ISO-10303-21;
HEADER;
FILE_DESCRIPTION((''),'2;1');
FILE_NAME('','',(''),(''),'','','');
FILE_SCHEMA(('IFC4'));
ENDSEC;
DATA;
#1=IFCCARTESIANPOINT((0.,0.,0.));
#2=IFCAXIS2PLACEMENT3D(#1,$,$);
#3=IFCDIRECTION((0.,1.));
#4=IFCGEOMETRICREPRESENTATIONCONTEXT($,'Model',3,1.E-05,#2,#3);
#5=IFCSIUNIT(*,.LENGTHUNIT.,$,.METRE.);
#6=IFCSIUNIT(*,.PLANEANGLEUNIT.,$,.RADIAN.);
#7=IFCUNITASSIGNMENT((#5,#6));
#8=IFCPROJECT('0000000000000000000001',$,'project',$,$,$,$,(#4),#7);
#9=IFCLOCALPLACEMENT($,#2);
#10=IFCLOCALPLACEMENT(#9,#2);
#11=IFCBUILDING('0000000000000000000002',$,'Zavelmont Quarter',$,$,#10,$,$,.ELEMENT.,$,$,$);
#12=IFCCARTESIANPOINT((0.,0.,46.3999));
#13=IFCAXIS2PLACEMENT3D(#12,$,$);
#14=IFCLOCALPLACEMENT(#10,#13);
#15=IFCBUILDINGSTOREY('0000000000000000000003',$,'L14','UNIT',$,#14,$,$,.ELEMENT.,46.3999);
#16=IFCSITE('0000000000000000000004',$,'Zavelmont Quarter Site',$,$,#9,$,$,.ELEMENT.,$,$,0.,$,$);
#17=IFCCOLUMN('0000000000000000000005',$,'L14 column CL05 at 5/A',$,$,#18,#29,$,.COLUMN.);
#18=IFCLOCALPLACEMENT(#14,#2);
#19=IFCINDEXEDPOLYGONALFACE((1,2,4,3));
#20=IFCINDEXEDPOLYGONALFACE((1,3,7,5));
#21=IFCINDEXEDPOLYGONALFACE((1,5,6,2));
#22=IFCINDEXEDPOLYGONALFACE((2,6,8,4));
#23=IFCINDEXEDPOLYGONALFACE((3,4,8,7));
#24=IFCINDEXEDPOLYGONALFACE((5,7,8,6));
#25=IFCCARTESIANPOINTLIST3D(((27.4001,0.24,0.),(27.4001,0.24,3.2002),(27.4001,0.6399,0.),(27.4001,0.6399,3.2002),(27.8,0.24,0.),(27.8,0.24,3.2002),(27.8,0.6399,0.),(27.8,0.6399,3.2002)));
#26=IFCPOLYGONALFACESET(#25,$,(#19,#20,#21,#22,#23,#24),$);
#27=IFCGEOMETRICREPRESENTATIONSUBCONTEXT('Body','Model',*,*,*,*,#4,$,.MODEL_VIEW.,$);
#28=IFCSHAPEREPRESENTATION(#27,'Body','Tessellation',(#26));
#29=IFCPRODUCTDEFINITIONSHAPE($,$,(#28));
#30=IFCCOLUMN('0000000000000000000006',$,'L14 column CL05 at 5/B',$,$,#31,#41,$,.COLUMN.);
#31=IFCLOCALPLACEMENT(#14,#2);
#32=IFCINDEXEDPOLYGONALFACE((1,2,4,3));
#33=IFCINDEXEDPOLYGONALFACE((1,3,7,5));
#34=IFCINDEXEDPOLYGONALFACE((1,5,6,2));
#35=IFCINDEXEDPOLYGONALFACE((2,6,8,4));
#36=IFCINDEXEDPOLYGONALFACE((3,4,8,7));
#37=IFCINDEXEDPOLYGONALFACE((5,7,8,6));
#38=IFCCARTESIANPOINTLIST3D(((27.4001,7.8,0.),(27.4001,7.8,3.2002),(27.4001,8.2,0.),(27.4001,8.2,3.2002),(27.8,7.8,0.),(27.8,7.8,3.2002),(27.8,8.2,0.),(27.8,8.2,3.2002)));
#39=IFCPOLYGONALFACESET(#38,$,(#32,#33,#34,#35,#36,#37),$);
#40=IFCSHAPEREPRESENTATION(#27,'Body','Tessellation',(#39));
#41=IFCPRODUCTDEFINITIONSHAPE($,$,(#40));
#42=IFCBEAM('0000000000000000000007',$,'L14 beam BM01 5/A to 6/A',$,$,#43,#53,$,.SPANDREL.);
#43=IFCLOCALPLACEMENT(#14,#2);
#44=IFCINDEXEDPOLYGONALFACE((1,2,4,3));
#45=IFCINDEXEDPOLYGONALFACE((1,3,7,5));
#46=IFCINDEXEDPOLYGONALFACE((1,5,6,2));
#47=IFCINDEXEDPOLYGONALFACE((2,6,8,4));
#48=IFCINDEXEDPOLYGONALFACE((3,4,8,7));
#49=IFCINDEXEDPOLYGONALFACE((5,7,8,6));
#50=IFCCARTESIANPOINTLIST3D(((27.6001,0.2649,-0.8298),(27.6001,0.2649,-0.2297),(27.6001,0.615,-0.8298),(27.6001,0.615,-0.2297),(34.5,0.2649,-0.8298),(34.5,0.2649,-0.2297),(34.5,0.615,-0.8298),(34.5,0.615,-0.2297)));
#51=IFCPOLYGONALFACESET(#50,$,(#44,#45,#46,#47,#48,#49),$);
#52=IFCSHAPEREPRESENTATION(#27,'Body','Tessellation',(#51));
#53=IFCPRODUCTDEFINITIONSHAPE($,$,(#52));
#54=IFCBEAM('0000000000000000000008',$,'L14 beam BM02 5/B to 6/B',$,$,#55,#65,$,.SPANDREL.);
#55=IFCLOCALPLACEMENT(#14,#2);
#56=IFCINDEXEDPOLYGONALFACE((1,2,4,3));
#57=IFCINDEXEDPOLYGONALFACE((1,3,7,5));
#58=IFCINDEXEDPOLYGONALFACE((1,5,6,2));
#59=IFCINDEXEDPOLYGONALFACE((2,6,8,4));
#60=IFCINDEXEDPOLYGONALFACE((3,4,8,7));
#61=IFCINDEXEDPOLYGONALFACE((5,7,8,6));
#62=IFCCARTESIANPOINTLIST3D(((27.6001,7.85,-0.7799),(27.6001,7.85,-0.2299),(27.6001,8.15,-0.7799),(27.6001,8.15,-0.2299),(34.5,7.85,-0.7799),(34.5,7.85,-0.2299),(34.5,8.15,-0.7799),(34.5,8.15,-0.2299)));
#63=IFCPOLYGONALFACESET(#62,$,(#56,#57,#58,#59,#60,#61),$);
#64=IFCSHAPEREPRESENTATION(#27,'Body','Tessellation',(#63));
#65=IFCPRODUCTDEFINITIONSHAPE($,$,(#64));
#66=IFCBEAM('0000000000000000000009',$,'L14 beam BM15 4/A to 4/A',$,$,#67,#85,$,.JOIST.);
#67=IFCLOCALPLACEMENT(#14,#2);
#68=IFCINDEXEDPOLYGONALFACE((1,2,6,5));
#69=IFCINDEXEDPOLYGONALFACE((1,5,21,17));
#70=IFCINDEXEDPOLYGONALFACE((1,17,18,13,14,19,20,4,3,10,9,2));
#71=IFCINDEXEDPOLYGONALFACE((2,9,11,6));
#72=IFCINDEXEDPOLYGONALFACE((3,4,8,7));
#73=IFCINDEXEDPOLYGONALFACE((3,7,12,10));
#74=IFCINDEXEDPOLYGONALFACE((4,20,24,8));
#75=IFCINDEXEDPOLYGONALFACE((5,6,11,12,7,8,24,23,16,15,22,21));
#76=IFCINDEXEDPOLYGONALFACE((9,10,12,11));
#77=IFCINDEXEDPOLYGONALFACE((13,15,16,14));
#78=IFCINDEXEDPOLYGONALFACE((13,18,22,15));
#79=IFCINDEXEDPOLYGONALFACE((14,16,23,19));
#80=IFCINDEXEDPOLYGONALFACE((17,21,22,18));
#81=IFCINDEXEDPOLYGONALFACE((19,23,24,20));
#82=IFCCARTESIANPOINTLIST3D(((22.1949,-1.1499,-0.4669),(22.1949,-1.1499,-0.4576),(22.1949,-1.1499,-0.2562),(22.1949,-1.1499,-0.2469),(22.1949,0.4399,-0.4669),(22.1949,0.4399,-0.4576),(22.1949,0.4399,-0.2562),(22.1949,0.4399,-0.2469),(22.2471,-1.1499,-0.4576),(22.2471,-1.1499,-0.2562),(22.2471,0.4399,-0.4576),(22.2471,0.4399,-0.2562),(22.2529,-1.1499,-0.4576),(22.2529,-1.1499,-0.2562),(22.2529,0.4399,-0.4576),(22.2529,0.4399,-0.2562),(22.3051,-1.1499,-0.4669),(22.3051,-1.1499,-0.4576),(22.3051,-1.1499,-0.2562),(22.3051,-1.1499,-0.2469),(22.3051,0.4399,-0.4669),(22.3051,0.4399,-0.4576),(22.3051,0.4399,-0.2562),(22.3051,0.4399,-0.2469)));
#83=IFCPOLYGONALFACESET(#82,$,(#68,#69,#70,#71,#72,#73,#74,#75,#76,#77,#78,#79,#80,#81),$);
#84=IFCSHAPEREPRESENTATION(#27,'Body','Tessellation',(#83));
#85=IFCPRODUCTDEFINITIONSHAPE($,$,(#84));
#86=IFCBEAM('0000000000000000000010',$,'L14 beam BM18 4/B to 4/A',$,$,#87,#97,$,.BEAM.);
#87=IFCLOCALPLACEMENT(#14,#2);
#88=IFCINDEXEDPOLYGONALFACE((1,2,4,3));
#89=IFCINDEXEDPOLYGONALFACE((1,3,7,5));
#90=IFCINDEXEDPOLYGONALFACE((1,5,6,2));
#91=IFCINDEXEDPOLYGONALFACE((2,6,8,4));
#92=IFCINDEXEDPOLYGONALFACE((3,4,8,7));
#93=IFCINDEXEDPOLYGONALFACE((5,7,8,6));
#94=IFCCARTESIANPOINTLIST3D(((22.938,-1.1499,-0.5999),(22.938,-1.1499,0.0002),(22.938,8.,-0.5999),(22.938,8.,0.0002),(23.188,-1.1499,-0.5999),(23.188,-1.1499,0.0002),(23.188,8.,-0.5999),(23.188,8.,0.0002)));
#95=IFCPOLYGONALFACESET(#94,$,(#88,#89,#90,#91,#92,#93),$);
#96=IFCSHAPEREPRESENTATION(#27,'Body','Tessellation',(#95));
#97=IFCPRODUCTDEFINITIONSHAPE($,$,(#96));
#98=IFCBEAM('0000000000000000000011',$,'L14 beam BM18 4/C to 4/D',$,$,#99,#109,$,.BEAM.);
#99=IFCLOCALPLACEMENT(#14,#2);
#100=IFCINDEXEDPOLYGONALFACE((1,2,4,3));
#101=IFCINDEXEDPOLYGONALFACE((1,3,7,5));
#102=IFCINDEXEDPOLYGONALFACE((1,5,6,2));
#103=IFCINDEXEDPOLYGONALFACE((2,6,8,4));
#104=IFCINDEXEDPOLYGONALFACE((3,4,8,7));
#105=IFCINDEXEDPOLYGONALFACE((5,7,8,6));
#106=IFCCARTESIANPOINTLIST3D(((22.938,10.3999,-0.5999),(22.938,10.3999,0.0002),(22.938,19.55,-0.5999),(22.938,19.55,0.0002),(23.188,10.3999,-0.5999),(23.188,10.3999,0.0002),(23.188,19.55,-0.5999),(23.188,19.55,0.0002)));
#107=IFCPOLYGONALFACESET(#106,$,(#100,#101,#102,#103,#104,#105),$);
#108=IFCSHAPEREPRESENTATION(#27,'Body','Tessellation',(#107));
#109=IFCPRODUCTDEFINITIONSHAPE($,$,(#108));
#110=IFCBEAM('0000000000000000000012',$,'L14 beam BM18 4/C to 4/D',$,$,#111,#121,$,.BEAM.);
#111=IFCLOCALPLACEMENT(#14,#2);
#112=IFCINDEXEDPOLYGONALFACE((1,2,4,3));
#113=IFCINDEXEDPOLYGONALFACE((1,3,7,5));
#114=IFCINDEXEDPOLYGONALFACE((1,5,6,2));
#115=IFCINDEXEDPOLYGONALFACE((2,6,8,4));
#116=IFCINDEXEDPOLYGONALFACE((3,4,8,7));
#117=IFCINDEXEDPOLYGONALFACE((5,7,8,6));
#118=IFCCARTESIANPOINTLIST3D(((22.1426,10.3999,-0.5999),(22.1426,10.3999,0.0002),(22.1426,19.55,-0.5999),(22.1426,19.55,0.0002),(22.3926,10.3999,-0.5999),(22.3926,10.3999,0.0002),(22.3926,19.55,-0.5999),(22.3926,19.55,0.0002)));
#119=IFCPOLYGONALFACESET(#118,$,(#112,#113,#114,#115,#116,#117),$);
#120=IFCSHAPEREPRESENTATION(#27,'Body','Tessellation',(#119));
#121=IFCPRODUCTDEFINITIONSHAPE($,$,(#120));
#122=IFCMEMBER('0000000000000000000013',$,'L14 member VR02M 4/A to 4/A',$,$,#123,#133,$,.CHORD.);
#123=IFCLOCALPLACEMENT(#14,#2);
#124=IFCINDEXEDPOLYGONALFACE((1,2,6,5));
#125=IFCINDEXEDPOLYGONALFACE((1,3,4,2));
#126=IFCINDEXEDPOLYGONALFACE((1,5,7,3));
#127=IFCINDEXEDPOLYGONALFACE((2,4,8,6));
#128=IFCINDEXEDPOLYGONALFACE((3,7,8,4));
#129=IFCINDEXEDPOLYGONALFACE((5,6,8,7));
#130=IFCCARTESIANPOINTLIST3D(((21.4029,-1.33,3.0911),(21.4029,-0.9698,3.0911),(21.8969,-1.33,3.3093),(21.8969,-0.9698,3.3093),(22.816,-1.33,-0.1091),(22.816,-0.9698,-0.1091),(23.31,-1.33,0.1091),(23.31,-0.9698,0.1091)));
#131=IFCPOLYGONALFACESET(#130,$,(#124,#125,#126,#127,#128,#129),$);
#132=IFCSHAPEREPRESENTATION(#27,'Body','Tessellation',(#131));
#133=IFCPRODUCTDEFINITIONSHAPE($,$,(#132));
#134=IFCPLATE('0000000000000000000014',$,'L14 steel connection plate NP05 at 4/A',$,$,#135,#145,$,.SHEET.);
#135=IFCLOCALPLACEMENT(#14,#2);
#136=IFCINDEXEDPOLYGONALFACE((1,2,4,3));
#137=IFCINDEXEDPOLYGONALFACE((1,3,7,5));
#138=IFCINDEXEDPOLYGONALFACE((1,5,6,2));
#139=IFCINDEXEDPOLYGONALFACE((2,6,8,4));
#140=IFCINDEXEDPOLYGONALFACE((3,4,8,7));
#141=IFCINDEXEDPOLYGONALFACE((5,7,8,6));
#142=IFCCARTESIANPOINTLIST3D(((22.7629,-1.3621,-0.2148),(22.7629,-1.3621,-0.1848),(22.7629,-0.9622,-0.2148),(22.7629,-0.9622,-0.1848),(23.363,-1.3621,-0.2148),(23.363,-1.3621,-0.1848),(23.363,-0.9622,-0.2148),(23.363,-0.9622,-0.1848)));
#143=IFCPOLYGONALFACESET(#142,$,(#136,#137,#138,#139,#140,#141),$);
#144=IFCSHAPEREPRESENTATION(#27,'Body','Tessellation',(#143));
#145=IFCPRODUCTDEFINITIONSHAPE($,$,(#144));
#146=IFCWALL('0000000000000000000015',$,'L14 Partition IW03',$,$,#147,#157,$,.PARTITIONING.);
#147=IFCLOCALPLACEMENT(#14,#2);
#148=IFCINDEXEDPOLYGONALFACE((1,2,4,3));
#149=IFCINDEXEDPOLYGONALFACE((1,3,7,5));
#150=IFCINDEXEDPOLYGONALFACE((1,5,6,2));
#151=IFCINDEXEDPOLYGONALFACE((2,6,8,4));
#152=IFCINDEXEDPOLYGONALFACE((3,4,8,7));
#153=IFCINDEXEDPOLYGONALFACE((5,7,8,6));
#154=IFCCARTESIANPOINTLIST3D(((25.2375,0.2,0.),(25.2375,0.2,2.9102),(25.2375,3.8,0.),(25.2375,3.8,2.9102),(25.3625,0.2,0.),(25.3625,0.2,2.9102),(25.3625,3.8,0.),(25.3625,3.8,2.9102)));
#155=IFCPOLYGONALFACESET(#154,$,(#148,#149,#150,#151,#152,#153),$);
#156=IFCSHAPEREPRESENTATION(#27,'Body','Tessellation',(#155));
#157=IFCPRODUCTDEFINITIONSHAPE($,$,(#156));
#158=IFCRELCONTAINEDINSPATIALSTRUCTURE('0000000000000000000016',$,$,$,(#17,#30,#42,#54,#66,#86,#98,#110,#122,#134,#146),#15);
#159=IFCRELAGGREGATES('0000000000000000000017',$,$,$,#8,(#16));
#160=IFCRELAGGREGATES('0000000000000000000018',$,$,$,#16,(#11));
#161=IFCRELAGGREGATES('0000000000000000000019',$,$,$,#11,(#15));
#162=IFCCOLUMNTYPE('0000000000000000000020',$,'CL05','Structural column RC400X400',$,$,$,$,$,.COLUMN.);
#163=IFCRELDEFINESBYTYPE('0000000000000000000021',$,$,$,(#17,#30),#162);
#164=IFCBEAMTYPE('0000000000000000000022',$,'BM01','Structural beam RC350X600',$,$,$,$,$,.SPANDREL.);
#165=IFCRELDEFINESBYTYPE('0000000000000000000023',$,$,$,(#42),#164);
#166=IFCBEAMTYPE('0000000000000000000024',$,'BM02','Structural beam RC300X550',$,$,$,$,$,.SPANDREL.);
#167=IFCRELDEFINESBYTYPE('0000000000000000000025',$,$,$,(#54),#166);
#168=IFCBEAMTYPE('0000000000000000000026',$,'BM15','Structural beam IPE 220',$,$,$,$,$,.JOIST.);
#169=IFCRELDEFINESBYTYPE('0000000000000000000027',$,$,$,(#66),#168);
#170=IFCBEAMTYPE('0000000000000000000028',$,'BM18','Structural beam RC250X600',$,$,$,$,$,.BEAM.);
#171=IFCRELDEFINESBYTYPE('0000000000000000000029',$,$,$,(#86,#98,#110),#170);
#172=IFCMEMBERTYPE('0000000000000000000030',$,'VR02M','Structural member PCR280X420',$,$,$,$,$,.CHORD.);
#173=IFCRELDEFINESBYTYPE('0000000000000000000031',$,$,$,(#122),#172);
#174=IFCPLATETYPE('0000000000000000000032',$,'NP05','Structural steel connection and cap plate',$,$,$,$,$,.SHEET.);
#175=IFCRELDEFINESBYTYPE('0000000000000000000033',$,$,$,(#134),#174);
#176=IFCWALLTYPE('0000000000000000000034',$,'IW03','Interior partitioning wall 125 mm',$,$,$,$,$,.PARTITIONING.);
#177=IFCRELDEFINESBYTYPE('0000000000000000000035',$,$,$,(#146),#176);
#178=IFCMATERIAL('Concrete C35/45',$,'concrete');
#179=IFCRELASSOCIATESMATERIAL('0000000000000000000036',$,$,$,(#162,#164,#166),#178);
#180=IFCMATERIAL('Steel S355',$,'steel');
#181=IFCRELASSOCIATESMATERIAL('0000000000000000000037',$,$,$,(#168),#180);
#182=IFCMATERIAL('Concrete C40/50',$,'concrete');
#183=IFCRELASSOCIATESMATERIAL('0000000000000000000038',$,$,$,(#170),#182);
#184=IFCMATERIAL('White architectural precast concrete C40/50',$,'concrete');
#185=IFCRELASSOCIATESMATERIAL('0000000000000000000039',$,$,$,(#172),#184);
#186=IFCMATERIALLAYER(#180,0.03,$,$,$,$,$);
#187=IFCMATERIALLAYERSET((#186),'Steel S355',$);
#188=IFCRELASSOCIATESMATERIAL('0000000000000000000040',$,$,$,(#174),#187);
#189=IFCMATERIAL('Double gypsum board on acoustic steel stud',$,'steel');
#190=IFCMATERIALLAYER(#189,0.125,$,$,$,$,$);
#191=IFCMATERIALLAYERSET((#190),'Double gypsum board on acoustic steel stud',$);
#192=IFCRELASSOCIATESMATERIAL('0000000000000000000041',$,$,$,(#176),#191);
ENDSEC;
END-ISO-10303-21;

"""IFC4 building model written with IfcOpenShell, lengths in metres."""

from ifc_helpers import new_model, si_unit, direction, frame, frame_2d, origin, origin_2d, place, context, subcontext, project, spatial, rectangle, i_section, extrude, material, layer, layer_set, material_profile, profile_set, type_object, element, save


model = new_model("IFC4")

# Units and contexts
model_context = context("Model", 3, precision=1e-05, world=origin(), true_north=direction((0.0, 1.0)))
body_context = subcontext(model_context, "Body", "Model", "MODEL_VIEW")
ifc_project = project(units=[si_unit("LENGTHUNIT", "METRE"), si_unit("PLANEANGLEUNIT", "RADIAN")], contexts=[model_context])

# Site, building, storey
site_placement = place(None, origin())
site = spatial("IfcSite", under=ifc_project, at=site_placement, Name="Zavelmont Quarter Site", CompositionType="ELEMENT", RefElevation=0.0)
building_placement = place(site_placement, origin())
building = spatial("IfcBuilding", under=site, at=building_placement, Name="Zavelmont Quarter", CompositionType="ELEMENT")
storey_placement = place(building_placement, frame((0.0, 0.0, 46.3999)))
storey = spatial("IfcBuildingStorey", under=building, at=storey_placement, Name="L14", Description="UNIT", CompositionType="ELEMENT", Elevation=46.3999)

# Columns
ifc_material_1 = material(Name="Concrete C35/45", Category="concrete")
ifc_material_profile_1 = material_profile(ifc_material_1, rectangle(XDim=0.3999, YDim=0.3999, at=origin_2d()), Name="RC400X400")
ifc_profile_set_1 = profile_set([ifc_material_profile_1], Name="Concrete C35/45")
column_type = type_object("IfcColumnType", Name="CL05", Description="Structural column RC400X400", PredefinedType="COLUMN", material=ifc_profile_set_1)
for number, where, z_axis, x_axis, name in (
    (1, (27.6001, 0.4399, 0.0), (0.0, 0.0, 1.0), (1.0, 0.0, 0.0), "L14 column CL05 at 5/A"),
    (2, (27.6001, 8.0, 0.0), (0.0, 0.0, 1.0), (1.0, 0.0, 0.0), "L14 column CL05 at 5/B"),
):
    element("IfcColumn", number, at=place(storey_placement, frame(where, z_axis=z_axis, x_axis=x_axis)), inside=storey, type_object=column_type, Name=name, PredefinedType="COLUMN", context=body_context, shape_type="SweptSolid", body=[
        extrude(rectangle(XDim=0.3999, YDim=0.3999, at=origin_2d()), origin(), (0.0, 0.0, 1.0), 3.2002),
    ])

# Beams
ifc_material_profile_2 = material_profile(ifc_material_1, rectangle(XDim=0.3501, YDim=0.6001, at=origin_2d()), Name="RC350X600")
ifc_profile_set_2 = profile_set([ifc_material_profile_2], Name="Concrete C35/45")
beam_type_1 = type_object("IfcBeamType", Name="BM01", Description="Structural beam RC350X600", PredefinedType="SPANDREL", material=ifc_profile_set_2)
beam_1_placement = place(storey_placement, frame((27.6001, 0.4399, -0.5298), z_axis=(1.0, 0.0, 0.0), x_axis=(0.0, 1.0, 0.0)))
element("IfcBeam", 3, at=beam_1_placement, inside=storey, type_object=beam_type_1, Name="L14 beam BM01 5/A to 6/A", PredefinedType="SPANDREL", context=body_context, shape_type="SweptSolid", body=[
    extrude(rectangle(XDim=0.3501, YDim=0.6001, at=origin_2d()), origin(), (0.0, 0.0, 1.0), 6.8999),
])
ifc_material_profile_3 = material_profile(ifc_material_1, rectangle(XDim=0.3, YDim=0.55, at=origin_2d()), Name="RC300X550")
ifc_profile_set_3 = profile_set([ifc_material_profile_3], Name="Concrete C35/45")
beam_type_2 = type_object("IfcBeamType", Name="BM02", Description="Structural beam RC300X550", PredefinedType="SPANDREL", material=ifc_profile_set_3)
beam_2_placement = place(storey_placement, frame((27.6001, 8.0, -0.5049), z_axis=(1.0, 0.0, 0.0), x_axis=(0.0, 1.0, 0.0)))
element("IfcBeam", 4, at=beam_2_placement, inside=storey, type_object=beam_type_2, Name="L14 beam BM02 5/B to 6/B", PredefinedType="SPANDREL", context=body_context, shape_type="SweptSolid", body=[
    extrude(rectangle(XDim=0.3, YDim=0.55, at=origin_2d()), origin(), (0.0, 0.0, 1.0), 6.8999),
])
ifc_material_2 = material(Name="Steel S355", Category="steel")
ifc_material_profile_4 = material_profile(ifc_material_2, i_section(OverallWidth=0.1101, OverallDepth=0.22, WebThickness=0.0059, FlangeThickness=0.0093, at=origin_2d()), Name="IPE 220")
ifc_profile_set_4 = profile_set([ifc_material_profile_4], Name="Steel S355")
beam_type_3 = type_object("IfcBeamType", Name="BM15", Description="Structural beam IPE 220", PredefinedType="JOIST", material=ifc_profile_set_4)
beam_3_placement = place(storey_placement, frame((22.25, 0.4399, -0.3569), z_axis=(0.0, -1.0, 0.0), x_axis=(1.0, 0.0, 0.0)))
element("IfcBeam", 5, at=beam_3_placement, inside=storey, type_object=beam_type_3, Name="L14 beam BM15 4/A to 4/A", PredefinedType="JOIST", context=body_context, shape_type="SweptSolid", body=[
    extrude(i_section(OverallWidth=0.1101, OverallDepth=0.22, WebThickness=0.0059, FlangeThickness=0.0093, at=origin_2d()), origin(), (0.0, 0.0, 1.0), 1.5898),
])
ifc_material_3 = material(Name="Concrete C40/50", Category="concrete")
ifc_material_profile_5 = material_profile(ifc_material_3, rectangle(XDim=0.25, YDim=0.6001, at=origin_2d()), Name="RC250X600")
ifc_profile_set_5 = profile_set([ifc_material_profile_5], Name="Concrete C40/50")
beam_type_4 = type_object("IfcBeamType", Name="BM18", Description="Structural beam RC250X600", PredefinedType="BEAM", material=ifc_profile_set_5)
beam_4_placement = place(storey_placement, frame((23.063, 8.0, -0.2998), z_axis=(0.0, -1.0, 0.0), x_axis=(1.0, 0.0, 0.0)))
element("IfcBeam", 6, at=beam_4_placement, inside=storey, type_object=beam_type_4, Name="L14 beam BM18 4/B to 4/A", PredefinedType="BEAM", context=body_context, shape_type="SweptSolid", body=[
    extrude(rectangle(XDim=0.25, YDim=0.6001, at=origin_2d()), origin(), (0.0, 0.0, 1.0), 9.1499),
])
for number, where, z_axis, x_axis, name in (
    (7, (23.063, 10.3999, -0.2998), (0.0, 1.0, 0.0), (-1.0, 0.0, 0.0), "L14 beam BM18 4/C to 4/D"),
    (8, (22.2676, 10.3999, -0.2998), (0.0, 1.0, 0.0), (-1.0, 0.0, 0.0), "L14 beam BM18 4/C to 4/D"),
):
    element("IfcBeam", number, at=place(storey_placement, frame(where, z_axis=z_axis, x_axis=x_axis)), inside=storey, type_object=beam_type_4, Name=name, PredefinedType="BEAM", context=body_context, shape_type="SweptSolid", body=[
        extrude(rectangle(XDim=0.25, YDim=0.6001, at=origin_2d()), origin(), (0.0, 0.0, 1.0), 9.1501),
    ])

# Member
ifc_material_4 = material(Name="White architectural precast concrete C40/50", Category="concrete")
ifc_material_profile_6 = material_profile(ifc_material_4, rectangle(XDim=0.3601, YDim=0.54, at=origin_2d()), Name="PCR280X420")
ifc_profile_set_6 = profile_set([ifc_material_profile_6], Name="White architectural precast concrete C40/50")
member_type = type_object("IfcMemberType", Name="VR02M", Description="Structural member PCR280X420", PredefinedType="CHORD", material=ifc_profile_set_6)
member_placement = place(storey_placement, frame((23.063, -1.1499, 0.0), z_axis=(-0.403936, 0.0, 0.914787), x_axis=(0.0, -1.0, 0.0)))
element("IfcMember", 9, at=member_placement, inside=storey, type_object=member_type, Name="L14 member VR02M 4/A to 4/A", PredefinedType="CHORD", context=body_context, shape_type="SweptSolid", body=[
    extrude(rectangle(XDim=0.3601, YDim=0.54, at=origin_2d()), origin(), (0.0, 0.0, 1.0), 3.4983),
])

# Plate
ifc_layer_1 = layer(ifc_material_2, 0.03)
ifc_layer_set_1 = layer_set([ifc_layer_1], Name="Steel S355")
plate_type = type_object("IfcPlateType", Name="NP05", Description="Structural steel connection and cap plate", PredefinedType="SHEET", material=ifc_layer_set_1)
plate_placement = place(storey_placement, frame((23.063, -1.1621, -0.2148), z_axis=(0.0, 0.0, 1.0), x_axis=(1.0, 0.0, 0.0)))
element("IfcPlate", 10, at=plate_placement, inside=storey, type_object=plate_type, Name="L14 steel connection plate NP05 at 4/A", PredefinedType="SHEET", context=body_context, shape_type="SweptSolid", body=[
    extrude(rectangle(XDim=0.6001, YDim=0.3999, at=origin_2d()), origin(), (0.0, 0.0, 1.0), 0.03),
])

# Wall
ifc_material_5 = material(Name="Double gypsum board on acoustic steel stud", Category="steel")
ifc_layer_2 = layer(ifc_material_5, 0.125)
ifc_layer_set_2 = layer_set([ifc_layer_2], Name="Double gypsum board on acoustic steel stud")
wall_type_1 = type_object("IfcWallType", Name="IW03", Description="Interior partitioning wall 125 mm", PredefinedType="PARTITIONING", material=ifc_layer_set_2)
wall_1_placement = place(storey_placement, frame((25.3, 3.8, 0.0), z_axis=(0.0, 0.0, 1.0), x_axis=(0.0, -1.0, 0.0)))
element("IfcWall", 11, at=wall_1_placement, inside=storey, type_object=wall_type_1, Name="L14 Partition IW03", PredefinedType="PARTITIONING", context=body_context, shape_type="SweptSolid", body=[
    extrude(rectangle(XDim=3.6001, YDim=0.125, at=frame_2d((1.8, 0.0))), origin(), (0.0, 0.0, 1.0), 2.9102),
])

save(model, "model.ifc")
